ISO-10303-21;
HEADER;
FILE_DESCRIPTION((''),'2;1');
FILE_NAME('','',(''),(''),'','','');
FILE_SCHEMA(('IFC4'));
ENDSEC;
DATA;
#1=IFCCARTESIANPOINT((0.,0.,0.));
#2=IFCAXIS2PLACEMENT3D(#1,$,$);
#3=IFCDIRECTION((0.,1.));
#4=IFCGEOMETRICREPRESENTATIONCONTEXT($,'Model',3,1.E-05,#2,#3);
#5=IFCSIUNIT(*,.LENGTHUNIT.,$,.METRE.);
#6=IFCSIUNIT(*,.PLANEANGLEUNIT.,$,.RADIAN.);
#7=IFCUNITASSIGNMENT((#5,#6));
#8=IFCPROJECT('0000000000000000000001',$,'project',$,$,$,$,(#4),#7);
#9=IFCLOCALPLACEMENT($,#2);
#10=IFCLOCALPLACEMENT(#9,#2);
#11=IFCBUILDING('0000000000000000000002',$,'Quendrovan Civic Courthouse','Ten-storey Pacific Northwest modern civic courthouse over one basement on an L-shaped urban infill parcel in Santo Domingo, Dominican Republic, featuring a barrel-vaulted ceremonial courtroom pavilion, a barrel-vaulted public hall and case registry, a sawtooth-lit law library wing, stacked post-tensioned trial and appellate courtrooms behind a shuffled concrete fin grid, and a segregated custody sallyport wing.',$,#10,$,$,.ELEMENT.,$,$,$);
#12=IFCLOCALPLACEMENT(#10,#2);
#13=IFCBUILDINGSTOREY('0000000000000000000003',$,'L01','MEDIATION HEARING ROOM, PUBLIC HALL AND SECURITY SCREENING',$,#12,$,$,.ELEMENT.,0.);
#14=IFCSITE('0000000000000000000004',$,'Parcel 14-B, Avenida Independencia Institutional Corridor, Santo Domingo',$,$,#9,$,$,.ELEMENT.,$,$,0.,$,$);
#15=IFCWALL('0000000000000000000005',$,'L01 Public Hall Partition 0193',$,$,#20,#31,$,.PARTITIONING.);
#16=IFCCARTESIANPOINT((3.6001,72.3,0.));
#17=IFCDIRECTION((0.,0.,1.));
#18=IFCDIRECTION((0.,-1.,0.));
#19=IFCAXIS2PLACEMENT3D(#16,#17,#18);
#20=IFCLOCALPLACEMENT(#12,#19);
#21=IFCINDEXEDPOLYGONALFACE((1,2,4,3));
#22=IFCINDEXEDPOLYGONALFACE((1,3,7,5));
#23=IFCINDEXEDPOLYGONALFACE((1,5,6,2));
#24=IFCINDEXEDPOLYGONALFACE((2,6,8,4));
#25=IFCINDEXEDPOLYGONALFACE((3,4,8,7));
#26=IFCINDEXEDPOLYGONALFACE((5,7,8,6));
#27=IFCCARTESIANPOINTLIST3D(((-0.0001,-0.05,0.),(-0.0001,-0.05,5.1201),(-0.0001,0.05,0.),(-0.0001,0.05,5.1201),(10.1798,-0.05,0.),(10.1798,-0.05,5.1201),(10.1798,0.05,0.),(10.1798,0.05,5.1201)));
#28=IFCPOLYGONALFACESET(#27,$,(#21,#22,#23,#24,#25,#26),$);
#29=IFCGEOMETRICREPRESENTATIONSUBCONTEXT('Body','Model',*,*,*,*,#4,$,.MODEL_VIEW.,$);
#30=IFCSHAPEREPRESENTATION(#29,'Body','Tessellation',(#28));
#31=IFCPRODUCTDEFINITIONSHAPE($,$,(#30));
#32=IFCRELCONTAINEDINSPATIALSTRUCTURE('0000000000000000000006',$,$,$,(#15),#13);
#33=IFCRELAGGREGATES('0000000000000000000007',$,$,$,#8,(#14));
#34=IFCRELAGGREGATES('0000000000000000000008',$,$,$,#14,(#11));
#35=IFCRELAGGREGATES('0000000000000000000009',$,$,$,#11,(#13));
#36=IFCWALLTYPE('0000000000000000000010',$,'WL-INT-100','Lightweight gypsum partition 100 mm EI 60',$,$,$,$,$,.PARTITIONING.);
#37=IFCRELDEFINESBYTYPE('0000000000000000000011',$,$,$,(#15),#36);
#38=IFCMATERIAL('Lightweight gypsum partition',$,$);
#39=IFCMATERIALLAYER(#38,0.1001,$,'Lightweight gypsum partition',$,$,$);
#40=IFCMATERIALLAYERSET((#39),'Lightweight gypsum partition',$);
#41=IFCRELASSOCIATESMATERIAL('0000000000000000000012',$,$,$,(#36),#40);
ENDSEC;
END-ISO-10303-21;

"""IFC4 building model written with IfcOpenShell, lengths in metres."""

from ifc_helpers import new_model, si_unit, direction, frame, frame_2d, origin, place, context, subcontext, project, spatial, rectangle, extrude, material, layer, layer_set, type_object, element, save


model = new_model("IFC4")

# Units and contexts
model_context = context("Model", 3, precision=1e-05, world=origin(), true_north=direction((0.0, 1.0)))
body_context = subcontext(model_context, "Body", "Model", "MODEL_VIEW")
ifc_project = project(units=[si_unit("LENGTHUNIT", "METRE"), si_unit("PLANEANGLEUNIT", "RADIAN")], contexts=[model_context])

# Site, building, storey
site_placement = place(None, origin())
site = spatial("IfcSite", under=ifc_project, at=site_placement, Name="Parcel 14-B, Avenida Independencia Institutional Corridor, Santo Domingo", CompositionType="ELEMENT", RefElevation=0.0)
building_placement = place(site_placement, origin())
building = spatial("IfcBuilding", under=site, at=building_placement, Name="Quendrovan Civic Courthouse", Description="Ten-storey Pacific Northwest modern civic courthouse over one basement on an L-shaped urban infill parcel in Santo Domingo, Dominican Republic, featuring a barrel-vaulted ceremonial courtroom pavilion, a barrel-vaulted public hall and case registry, a sawtooth-lit law library wing, stacked post-tensioned trial and appellate courtrooms behind a shuffled concrete fin grid, and a segregated custody sallyport wing.", CompositionType="ELEMENT")
storey_placement = place(building_placement, origin())
storey = spatial("IfcBuildingStorey", under=building, at=storey_placement, Name="L01", Description="MEDIATION HEARING ROOM, PUBLIC HALL AND SECURITY SCREENING", CompositionType="ELEMENT", Elevation=0.0)

# Wall
ifc_material_1 = material(Name="Lightweight gypsum partition")
ifc_layer_1 = layer(ifc_material_1, 0.1001, Name="Lightweight gypsum partition")
ifc_layer_set_1 = layer_set([ifc_layer_1], Name="Lightweight gypsum partition")
wall_type_1 = type_object("IfcWallType", Name="WL-INT-100", Description="Lightweight gypsum partition 100 mm EI 60", PredefinedType="PARTITIONING", material=ifc_layer_set_1)
wall_1_placement = place(storey_placement, frame((3.6001, 72.3, 0.0), z_axis=(0.0, 0.0, 1.0), x_axis=(0.0, -1.0, 0.0)))
element("IfcWall", 1, at=wall_1_placement, inside=storey, type_object=wall_type_1, Name="L01 Public Hall Partition 0193", PredefinedType="PARTITIONING", context=body_context, shape_type="SweptSolid", body=[
    extrude(rectangle(XDim=10.1799, YDim=0.1001, at=frame_2d((5.0898, 0.0))), origin(), (0.0, 0.0, 1.0), 5.1201),
])

save(model, "model.ifc")
